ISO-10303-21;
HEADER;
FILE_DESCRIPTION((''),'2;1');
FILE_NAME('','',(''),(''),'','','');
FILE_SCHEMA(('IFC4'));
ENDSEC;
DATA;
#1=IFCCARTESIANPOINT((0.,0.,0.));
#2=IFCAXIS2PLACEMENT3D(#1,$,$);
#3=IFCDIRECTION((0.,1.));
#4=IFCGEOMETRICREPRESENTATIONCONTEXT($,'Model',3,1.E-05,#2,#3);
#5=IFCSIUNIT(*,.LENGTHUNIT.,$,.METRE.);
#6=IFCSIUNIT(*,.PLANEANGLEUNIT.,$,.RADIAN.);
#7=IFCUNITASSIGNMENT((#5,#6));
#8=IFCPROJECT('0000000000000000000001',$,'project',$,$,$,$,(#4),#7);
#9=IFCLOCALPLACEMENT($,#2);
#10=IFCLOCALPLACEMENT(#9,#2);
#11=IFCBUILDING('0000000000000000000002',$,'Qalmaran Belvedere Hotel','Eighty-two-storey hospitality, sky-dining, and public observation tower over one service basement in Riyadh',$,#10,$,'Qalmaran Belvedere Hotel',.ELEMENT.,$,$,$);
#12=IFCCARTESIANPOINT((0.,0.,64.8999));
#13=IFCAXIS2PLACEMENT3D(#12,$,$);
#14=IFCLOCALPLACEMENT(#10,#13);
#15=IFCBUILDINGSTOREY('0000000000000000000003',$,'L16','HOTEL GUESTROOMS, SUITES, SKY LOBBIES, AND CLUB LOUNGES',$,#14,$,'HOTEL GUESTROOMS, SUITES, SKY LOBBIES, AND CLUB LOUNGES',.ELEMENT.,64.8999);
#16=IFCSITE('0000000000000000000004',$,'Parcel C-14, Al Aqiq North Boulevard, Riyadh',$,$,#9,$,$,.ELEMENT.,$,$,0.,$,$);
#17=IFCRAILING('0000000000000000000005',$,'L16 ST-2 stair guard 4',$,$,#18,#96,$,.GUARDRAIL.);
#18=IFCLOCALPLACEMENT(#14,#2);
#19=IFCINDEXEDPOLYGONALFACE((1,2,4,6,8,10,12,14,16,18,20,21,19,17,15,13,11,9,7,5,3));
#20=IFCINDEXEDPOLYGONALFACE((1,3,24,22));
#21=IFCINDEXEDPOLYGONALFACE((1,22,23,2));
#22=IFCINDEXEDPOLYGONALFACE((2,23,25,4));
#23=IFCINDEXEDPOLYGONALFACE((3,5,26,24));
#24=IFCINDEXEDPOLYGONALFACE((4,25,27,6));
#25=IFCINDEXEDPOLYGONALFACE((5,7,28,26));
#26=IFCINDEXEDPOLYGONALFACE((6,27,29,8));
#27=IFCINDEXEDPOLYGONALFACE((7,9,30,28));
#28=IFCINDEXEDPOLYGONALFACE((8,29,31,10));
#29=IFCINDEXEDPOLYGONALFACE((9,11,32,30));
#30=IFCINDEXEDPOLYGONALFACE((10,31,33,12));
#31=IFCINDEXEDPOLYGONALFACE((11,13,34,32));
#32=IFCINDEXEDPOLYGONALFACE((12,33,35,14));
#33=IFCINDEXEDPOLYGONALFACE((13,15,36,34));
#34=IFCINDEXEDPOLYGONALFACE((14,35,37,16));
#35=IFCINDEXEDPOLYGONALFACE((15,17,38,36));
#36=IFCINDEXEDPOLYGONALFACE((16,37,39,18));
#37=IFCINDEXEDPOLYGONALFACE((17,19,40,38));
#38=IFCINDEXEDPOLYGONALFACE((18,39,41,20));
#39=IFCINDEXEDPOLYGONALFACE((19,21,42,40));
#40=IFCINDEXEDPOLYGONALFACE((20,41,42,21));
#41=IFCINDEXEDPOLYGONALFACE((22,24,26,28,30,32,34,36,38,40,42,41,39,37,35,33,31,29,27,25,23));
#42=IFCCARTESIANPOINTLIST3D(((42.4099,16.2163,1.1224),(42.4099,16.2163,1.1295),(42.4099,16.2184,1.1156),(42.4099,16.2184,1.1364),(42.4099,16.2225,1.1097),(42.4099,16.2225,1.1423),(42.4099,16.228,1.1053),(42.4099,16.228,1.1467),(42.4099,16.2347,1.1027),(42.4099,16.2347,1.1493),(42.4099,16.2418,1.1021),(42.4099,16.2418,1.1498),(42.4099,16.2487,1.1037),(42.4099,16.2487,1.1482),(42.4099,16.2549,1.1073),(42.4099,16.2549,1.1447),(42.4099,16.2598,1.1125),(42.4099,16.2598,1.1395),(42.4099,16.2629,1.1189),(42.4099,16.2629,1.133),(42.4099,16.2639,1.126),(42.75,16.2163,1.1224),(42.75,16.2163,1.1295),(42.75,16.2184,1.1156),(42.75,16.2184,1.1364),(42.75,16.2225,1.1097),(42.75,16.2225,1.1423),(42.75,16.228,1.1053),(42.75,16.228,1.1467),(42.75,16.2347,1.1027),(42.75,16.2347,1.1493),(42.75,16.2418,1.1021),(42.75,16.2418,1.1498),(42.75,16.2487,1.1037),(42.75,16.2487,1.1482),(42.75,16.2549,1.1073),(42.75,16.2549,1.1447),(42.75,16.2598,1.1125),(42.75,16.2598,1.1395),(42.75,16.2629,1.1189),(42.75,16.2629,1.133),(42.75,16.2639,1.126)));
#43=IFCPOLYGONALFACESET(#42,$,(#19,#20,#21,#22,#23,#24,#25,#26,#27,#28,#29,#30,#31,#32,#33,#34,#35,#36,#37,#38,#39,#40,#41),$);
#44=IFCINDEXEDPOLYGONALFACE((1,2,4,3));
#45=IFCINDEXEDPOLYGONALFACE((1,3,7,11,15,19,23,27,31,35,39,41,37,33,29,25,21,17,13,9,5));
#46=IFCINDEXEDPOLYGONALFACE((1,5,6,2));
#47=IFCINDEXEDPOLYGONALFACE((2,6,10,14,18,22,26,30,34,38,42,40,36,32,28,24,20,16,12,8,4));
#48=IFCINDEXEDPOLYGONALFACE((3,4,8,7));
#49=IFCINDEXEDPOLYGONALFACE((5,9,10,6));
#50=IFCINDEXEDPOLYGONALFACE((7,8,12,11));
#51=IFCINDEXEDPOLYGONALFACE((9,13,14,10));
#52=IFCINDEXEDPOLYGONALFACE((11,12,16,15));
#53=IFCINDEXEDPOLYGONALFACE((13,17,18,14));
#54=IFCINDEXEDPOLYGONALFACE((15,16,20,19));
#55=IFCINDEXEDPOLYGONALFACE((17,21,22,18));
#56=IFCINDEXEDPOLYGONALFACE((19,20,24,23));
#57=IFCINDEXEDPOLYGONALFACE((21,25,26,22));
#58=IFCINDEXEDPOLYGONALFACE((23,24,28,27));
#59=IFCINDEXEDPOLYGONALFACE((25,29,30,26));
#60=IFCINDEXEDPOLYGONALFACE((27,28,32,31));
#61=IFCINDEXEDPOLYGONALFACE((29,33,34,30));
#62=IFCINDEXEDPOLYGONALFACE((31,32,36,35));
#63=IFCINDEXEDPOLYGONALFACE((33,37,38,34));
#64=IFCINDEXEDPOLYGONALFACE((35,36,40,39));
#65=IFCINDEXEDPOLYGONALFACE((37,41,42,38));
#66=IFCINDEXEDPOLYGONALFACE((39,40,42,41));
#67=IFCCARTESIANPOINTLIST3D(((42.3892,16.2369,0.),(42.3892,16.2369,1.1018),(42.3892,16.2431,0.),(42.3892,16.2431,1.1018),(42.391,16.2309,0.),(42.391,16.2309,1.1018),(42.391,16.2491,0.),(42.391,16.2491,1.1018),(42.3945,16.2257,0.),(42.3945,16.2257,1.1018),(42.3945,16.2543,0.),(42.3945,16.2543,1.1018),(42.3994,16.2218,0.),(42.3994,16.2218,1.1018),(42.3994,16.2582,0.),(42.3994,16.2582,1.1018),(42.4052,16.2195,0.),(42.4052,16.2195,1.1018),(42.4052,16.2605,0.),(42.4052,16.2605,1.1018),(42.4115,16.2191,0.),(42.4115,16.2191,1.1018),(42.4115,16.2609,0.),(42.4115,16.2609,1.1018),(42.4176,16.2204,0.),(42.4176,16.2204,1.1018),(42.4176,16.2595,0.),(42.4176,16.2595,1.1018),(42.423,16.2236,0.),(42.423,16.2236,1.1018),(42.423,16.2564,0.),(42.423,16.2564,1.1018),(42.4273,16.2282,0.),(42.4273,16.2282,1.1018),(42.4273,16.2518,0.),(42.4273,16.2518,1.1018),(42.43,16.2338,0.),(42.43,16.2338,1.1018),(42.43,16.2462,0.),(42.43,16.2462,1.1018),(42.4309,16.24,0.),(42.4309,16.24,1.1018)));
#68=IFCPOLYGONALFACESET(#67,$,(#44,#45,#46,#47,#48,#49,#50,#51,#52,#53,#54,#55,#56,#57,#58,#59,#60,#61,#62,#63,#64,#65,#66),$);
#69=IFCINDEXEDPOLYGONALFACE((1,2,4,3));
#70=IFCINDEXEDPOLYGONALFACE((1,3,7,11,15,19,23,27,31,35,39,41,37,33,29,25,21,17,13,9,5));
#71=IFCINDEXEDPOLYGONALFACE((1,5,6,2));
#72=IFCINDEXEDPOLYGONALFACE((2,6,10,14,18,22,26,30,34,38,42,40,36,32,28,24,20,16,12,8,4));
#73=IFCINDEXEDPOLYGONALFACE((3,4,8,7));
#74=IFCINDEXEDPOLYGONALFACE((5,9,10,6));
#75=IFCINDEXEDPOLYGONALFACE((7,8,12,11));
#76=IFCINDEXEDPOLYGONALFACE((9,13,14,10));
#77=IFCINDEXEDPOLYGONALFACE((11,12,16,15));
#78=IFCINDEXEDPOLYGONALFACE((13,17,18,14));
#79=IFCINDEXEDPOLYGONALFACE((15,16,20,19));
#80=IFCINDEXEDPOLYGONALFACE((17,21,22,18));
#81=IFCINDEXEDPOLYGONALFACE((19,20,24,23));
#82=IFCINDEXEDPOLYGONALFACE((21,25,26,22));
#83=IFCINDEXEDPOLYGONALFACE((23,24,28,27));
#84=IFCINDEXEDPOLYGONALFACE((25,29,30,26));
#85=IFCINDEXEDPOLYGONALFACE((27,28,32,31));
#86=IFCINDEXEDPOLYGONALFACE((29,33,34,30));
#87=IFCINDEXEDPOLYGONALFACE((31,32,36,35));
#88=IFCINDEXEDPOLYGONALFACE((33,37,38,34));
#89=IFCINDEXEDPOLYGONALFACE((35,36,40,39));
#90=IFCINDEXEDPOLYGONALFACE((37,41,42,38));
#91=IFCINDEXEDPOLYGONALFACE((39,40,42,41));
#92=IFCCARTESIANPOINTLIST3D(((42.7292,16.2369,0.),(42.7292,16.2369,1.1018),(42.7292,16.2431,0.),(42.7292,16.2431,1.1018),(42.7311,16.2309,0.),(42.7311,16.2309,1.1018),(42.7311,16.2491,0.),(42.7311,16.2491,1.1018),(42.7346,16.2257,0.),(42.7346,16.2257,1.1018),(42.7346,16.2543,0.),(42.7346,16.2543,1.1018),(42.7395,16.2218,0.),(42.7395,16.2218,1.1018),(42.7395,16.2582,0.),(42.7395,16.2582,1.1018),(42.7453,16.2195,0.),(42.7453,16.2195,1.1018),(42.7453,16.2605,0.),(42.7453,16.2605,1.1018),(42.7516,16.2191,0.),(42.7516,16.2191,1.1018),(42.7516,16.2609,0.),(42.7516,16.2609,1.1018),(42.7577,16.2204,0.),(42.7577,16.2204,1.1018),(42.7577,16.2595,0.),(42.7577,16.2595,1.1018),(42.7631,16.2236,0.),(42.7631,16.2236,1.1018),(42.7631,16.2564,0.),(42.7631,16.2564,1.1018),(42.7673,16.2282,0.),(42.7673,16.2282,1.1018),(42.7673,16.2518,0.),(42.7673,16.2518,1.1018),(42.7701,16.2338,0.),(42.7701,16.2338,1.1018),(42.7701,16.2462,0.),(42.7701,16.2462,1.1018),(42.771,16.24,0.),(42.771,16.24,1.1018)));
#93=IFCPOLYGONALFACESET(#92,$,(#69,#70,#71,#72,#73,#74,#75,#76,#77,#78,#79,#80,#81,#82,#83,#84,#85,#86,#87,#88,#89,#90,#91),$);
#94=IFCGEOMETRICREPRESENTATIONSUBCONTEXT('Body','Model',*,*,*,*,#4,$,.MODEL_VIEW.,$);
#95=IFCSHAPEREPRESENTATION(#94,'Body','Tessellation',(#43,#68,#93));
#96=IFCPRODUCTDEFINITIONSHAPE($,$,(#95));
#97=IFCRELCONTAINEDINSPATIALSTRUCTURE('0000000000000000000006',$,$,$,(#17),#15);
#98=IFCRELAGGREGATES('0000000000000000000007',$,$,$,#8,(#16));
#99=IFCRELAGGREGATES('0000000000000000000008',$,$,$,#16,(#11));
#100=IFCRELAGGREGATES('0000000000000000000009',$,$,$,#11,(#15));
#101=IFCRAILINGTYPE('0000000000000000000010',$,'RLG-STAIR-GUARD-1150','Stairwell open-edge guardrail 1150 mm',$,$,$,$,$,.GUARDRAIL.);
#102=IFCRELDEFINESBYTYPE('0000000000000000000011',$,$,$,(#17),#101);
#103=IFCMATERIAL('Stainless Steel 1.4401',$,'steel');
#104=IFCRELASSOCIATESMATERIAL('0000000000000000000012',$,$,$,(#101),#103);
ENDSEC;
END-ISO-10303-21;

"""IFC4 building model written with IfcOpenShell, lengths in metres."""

from ifc_helpers import new_model, si_unit, direction, frame, origin, origin_2d, place, context, subcontext, project, spatial, circle, extrude, material, type_object, element, save


model = new_model("IFC4")

# Units and contexts
model_context = context("Model", 3, precision=1e-05, world=origin(), true_north=direction((0.0, 1.0)))
body_context = subcontext(model_context, "Body", "Model", "MODEL_VIEW")
ifc_project = project(units=[si_unit("LENGTHUNIT", "METRE"), si_unit("PLANEANGLEUNIT", "RADIAN")], contexts=[model_context])

# Site, building, storey
site_placement = place(None, origin())
site = spatial("IfcSite", under=ifc_project, at=site_placement, Name="Parcel C-14, Al Aqiq North Boulevard, Riyadh", CompositionType="ELEMENT", RefElevation=0.0)
building_placement = place(site_placement, origin())
building = spatial("IfcBuilding", under=site, at=building_placement, Name="Qalmaran Belvedere Hotel", Description="Eighty-two-storey hospitality, sky-dining, and public observation tower over one service basement in Riyadh", LongName="Qalmaran Belvedere Hotel", CompositionType="ELEMENT")
storey_placement = place(building_placement, frame((0.0, 0.0, 64.8999)))
storey = spatial("IfcBuildingStorey", under=building, at=storey_placement, Name="L16", Description="HOTEL GUESTROOMS, SUITES, SKY LOBBIES, AND CLUB LOUNGES", LongName="HOTEL GUESTROOMS, SUITES, SKY LOBBIES, AND CLUB LOUNGES", CompositionType="ELEMENT", Elevation=64.8999)

# Shared definitions
ifc_material_1 = material(Name="Stainless Steel 1.4401", Category="steel")

# Railing
railing_type_1 = type_object("IfcRailingType", Name="RLG-STAIR-GUARD-1150", Description="Stairwell open-edge guardrail 1150 mm", PredefinedType="GUARDRAIL", material=ifc_material_1)
railing_1_placement = place(storey_placement, frame((42.4099, 16.24, 0.0)))
element("IfcRailing", 1, at=railing_1_placement, inside=storey, type_object=railing_type_1, Name="L16 ST-2 stair guard 4", PredefinedType="GUARDRAIL", context=body_context, shape_type="SweptSolid", body=[
    extrude(circle(Radius=0.0239, at=origin_2d()), frame((0.0, 0.0, 1.126), z_axis=(1.0, 0.0, 0.0), x_axis=(0.0, 1.0, 0.0)), (0.0, 0.0, 1.0), 0.3401),
    extrude(circle(Radius=0.021, at=origin_2d()), origin(), (0.0, 0.0, 1.0), 1.1018),
    extrude(circle(Radius=0.021, at=origin_2d()), frame((0.3401, 0.0, 0.0)), (0.0, 0.0, 1.0), 1.1018),
])

save(model, "model.ifc")
